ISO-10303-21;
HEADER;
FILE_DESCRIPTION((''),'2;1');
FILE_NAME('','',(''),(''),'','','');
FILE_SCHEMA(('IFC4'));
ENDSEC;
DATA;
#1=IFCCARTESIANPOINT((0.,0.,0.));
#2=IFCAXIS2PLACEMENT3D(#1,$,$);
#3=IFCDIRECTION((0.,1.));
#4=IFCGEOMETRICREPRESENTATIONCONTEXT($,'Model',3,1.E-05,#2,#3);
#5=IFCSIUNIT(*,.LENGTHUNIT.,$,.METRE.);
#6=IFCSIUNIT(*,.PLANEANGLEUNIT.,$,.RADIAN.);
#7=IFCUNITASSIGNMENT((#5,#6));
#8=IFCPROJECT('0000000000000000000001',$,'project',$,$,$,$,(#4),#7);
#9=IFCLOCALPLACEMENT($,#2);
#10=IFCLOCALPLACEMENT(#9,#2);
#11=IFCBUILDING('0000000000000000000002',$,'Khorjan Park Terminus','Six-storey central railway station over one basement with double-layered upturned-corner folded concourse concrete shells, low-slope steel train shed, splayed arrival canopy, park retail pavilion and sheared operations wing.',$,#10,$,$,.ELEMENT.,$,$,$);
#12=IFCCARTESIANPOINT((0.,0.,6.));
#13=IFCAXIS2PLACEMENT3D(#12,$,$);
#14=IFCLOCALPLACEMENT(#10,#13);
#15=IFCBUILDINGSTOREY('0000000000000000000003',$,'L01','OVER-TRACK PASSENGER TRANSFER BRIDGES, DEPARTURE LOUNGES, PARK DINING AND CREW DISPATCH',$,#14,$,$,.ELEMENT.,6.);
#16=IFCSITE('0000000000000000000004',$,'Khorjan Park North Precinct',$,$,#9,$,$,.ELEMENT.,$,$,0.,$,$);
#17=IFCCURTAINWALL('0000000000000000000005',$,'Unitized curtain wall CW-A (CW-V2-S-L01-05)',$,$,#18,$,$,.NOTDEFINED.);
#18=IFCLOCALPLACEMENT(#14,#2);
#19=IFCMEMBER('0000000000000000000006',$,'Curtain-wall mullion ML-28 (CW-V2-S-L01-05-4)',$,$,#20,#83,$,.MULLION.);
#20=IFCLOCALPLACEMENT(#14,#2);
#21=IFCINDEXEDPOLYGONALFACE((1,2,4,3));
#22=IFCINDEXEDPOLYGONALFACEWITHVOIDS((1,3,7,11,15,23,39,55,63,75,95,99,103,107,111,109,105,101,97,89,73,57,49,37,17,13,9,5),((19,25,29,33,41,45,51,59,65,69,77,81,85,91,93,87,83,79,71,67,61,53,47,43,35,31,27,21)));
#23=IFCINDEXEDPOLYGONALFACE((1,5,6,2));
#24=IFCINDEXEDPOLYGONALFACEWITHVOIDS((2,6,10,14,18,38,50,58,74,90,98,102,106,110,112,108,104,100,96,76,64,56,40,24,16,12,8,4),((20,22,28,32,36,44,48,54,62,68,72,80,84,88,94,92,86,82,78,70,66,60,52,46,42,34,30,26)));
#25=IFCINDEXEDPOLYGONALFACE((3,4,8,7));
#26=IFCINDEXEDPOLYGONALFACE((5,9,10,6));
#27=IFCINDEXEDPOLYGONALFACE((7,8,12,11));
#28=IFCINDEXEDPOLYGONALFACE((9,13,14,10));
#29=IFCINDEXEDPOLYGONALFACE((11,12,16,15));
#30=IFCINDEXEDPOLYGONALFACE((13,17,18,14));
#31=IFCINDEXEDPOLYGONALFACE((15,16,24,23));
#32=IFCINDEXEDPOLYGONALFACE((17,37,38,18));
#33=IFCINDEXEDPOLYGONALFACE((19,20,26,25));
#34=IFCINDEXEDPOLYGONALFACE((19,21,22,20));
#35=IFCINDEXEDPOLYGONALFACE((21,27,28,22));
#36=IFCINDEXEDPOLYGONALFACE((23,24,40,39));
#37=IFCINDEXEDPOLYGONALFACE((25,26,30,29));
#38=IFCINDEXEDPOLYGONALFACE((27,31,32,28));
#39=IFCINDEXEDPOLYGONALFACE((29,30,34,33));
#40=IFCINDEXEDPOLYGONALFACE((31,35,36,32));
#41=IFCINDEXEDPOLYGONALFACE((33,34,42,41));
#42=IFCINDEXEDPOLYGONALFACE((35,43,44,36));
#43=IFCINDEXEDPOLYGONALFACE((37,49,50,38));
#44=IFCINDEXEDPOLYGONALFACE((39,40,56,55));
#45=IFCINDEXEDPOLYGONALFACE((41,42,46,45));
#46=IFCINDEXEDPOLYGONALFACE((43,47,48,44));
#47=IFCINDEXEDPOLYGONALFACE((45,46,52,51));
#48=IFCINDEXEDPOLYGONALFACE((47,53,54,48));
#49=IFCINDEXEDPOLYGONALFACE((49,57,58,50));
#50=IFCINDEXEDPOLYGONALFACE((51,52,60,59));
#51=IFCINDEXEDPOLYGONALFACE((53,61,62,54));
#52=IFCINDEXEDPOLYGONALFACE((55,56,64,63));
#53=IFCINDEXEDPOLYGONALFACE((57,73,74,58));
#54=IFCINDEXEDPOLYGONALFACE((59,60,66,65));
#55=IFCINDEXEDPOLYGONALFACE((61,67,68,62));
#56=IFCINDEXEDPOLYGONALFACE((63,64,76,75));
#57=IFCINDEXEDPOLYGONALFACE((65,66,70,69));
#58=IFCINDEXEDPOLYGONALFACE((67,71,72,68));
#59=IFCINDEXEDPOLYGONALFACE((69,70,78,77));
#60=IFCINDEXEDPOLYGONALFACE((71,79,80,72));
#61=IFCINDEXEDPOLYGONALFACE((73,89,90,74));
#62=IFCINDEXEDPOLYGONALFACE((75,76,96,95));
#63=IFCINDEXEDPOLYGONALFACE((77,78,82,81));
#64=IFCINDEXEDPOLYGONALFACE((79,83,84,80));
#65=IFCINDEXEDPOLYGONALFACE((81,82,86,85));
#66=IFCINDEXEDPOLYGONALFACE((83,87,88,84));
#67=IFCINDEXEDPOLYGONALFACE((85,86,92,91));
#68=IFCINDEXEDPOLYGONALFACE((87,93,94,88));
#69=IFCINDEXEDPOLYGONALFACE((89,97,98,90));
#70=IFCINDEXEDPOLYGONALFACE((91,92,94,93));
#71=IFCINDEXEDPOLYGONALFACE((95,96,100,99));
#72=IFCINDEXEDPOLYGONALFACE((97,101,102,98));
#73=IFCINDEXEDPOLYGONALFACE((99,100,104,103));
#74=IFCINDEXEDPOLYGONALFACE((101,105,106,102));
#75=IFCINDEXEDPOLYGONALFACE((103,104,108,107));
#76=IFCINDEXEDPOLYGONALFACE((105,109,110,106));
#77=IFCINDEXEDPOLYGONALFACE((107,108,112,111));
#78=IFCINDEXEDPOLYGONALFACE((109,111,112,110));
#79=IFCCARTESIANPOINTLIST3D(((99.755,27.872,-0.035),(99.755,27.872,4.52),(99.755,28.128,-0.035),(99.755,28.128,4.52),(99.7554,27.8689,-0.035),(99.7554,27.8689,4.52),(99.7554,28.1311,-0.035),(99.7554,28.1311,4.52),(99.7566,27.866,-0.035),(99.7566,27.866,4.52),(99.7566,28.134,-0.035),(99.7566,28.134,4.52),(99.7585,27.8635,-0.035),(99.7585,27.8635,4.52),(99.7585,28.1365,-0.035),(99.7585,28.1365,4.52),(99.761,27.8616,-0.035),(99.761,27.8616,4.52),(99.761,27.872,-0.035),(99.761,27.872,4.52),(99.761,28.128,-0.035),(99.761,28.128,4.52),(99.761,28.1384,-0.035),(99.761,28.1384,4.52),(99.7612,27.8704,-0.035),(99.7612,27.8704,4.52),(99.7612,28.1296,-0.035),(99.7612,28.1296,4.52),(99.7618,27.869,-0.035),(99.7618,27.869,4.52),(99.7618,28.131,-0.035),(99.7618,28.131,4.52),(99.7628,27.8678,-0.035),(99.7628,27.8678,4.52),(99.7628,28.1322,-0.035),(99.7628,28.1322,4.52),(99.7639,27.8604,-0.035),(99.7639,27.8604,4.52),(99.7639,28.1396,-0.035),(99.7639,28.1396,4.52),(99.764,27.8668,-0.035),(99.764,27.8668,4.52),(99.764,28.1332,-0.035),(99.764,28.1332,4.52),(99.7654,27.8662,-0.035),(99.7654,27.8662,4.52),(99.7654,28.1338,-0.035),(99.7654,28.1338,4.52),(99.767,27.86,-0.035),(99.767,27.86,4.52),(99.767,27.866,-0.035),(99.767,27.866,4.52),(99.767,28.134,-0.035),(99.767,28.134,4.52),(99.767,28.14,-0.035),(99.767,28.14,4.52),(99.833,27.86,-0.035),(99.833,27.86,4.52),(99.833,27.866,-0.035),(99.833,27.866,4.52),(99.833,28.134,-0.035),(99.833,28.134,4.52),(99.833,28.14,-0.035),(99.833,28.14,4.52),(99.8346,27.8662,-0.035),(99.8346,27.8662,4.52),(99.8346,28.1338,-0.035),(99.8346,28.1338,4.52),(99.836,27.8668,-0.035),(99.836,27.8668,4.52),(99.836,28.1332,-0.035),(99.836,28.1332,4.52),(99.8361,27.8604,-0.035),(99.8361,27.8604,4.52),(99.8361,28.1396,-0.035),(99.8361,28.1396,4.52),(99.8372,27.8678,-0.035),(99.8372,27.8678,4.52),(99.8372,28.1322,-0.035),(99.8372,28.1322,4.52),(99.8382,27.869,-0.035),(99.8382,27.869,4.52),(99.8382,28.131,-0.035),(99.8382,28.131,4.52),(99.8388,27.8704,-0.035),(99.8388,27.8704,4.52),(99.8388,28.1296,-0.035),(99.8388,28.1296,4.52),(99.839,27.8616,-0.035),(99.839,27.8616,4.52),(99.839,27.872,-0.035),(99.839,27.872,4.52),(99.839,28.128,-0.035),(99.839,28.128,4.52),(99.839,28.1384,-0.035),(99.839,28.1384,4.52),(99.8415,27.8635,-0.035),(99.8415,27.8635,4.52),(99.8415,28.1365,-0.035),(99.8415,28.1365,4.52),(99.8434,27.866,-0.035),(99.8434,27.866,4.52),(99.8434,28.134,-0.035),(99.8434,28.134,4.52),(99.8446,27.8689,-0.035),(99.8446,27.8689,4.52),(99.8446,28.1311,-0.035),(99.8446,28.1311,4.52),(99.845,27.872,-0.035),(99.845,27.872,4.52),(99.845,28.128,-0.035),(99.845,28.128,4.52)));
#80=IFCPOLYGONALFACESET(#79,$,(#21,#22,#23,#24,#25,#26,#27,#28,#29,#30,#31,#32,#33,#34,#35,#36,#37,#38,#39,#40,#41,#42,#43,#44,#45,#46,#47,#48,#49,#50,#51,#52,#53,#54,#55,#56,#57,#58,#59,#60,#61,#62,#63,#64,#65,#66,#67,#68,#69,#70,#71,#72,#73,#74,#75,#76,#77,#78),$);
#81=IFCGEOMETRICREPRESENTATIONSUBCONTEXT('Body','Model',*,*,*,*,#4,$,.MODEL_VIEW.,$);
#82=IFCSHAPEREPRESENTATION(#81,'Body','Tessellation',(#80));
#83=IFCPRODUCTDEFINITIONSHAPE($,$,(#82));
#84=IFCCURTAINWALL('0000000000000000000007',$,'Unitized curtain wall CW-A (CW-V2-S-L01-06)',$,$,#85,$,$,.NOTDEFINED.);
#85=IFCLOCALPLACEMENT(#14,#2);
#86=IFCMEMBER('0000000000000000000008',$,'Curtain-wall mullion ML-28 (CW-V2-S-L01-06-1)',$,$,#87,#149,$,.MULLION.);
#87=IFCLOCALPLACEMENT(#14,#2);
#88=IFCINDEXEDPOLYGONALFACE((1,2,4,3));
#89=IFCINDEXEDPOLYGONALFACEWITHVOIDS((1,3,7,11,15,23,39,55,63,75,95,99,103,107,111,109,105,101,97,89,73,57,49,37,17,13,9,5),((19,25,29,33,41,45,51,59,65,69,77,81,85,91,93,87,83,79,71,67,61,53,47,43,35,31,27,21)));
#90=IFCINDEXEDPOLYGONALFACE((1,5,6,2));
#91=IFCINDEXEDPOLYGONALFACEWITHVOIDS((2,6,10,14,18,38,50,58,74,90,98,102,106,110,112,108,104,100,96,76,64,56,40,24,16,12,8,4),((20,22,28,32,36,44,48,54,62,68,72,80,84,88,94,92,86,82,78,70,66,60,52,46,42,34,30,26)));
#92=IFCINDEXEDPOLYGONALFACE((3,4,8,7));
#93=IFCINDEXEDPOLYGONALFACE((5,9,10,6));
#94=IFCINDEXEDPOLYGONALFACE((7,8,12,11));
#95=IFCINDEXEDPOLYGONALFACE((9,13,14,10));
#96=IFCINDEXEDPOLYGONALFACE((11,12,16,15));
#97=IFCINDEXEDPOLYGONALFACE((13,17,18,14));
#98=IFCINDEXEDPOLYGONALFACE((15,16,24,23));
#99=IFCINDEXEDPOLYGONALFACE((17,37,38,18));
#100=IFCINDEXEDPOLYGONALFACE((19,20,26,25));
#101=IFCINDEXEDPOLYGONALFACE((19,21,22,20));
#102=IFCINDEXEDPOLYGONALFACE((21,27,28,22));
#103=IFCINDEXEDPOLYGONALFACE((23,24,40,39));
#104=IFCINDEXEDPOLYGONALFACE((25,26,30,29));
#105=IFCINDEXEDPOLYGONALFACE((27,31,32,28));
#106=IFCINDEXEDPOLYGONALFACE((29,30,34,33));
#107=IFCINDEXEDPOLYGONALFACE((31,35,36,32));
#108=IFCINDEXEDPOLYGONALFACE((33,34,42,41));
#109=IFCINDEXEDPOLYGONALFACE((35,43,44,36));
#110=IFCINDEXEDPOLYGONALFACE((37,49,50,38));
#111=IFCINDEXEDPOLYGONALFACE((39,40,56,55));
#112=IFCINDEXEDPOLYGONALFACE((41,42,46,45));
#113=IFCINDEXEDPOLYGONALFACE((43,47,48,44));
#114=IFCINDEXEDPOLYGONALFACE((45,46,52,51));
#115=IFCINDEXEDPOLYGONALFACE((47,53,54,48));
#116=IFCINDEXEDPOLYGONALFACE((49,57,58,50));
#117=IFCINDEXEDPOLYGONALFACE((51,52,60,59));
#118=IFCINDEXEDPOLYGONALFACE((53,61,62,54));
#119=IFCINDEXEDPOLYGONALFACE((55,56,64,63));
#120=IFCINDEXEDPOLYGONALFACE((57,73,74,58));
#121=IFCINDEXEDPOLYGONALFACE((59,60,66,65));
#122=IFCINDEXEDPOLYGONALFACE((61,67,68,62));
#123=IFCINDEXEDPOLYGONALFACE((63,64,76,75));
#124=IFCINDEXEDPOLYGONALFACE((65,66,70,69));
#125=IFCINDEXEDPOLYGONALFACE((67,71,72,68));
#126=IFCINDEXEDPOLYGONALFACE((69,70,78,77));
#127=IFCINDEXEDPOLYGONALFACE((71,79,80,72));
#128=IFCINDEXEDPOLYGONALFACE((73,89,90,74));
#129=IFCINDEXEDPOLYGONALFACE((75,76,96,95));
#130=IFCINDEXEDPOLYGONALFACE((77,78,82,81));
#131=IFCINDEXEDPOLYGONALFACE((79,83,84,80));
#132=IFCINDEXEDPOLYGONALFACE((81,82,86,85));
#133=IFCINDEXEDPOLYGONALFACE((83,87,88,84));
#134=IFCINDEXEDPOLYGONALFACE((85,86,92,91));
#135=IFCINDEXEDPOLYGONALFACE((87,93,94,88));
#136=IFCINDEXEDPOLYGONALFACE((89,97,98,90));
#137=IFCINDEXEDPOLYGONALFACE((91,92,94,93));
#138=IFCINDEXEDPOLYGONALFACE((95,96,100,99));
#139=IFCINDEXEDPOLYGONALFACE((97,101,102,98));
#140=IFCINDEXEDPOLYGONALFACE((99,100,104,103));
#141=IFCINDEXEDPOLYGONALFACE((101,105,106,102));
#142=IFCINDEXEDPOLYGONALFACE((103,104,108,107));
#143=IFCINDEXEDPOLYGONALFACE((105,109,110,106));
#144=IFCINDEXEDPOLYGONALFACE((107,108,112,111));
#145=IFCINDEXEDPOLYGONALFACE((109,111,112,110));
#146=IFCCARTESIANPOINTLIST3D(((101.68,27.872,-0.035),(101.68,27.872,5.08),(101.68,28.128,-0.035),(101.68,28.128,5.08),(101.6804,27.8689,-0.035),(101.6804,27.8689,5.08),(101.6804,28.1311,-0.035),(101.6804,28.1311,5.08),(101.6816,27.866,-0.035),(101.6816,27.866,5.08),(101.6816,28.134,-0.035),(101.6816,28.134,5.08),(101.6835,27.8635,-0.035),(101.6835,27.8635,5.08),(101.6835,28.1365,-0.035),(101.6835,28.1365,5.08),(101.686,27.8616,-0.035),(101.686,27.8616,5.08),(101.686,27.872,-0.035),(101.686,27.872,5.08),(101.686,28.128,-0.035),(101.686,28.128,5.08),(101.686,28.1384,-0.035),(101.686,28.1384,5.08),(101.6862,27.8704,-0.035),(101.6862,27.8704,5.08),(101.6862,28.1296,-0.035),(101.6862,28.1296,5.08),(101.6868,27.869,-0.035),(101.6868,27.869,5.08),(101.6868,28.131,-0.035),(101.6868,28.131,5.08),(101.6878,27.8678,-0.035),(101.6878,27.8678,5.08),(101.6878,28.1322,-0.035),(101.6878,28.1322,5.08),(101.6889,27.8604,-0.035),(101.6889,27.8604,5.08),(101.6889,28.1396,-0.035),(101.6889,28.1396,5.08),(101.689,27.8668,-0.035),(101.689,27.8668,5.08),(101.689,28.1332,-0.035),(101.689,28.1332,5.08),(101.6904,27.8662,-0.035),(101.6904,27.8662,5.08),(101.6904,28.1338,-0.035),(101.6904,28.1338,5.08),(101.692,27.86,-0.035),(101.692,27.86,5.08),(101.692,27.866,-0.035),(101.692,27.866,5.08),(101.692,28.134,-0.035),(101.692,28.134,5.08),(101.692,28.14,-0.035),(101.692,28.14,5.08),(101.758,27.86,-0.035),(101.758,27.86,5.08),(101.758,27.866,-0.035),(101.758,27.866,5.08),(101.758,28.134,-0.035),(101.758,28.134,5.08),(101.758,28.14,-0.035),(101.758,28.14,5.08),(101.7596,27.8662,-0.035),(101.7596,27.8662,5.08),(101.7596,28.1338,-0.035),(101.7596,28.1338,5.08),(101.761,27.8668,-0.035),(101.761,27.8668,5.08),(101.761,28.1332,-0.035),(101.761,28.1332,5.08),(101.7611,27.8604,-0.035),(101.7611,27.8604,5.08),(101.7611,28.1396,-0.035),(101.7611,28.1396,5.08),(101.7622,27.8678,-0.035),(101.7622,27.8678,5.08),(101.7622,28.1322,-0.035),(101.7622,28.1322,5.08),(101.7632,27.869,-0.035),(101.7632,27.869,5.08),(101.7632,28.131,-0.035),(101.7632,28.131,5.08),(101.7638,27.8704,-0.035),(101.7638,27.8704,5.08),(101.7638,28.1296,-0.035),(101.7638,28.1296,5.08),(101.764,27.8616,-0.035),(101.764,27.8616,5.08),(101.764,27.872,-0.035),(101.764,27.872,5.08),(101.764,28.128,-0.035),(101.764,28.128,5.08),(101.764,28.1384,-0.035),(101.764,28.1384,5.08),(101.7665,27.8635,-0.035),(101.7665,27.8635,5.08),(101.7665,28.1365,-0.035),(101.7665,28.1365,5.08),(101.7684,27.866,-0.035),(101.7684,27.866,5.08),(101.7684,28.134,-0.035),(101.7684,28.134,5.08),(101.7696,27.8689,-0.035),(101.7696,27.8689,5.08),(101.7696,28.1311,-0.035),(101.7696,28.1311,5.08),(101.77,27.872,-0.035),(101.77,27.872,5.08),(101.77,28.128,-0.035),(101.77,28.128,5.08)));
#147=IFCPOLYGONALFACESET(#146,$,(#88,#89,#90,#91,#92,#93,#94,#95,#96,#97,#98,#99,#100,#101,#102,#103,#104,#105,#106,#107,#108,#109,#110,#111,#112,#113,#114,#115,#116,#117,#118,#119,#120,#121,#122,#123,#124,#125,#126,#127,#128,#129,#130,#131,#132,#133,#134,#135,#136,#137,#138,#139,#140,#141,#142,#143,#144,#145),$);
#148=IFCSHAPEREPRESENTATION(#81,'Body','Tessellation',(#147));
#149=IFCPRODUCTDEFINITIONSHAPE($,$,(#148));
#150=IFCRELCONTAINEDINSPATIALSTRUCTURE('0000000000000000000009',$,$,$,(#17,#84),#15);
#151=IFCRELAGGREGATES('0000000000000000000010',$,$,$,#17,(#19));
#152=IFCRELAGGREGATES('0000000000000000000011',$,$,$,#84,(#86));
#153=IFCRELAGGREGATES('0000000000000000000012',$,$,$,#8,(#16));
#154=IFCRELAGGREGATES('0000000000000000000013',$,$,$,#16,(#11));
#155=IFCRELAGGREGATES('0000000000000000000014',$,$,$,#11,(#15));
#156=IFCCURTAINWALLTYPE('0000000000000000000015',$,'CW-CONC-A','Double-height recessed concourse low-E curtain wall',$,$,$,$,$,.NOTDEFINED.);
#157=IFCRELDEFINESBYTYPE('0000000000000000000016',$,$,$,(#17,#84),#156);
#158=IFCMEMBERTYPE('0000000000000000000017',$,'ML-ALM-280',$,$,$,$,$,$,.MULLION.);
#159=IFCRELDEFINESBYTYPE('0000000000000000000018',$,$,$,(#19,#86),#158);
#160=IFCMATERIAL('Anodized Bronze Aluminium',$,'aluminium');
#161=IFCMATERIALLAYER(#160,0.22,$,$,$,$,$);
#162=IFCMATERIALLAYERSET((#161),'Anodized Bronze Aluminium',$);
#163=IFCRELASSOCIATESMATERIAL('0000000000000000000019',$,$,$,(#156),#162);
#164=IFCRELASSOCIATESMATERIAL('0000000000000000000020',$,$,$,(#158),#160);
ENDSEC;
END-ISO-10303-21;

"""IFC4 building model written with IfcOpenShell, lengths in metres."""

from ifc_helpers import new_model, si_unit, direction, frame, origin, origin_2d, place, context, subcontext, project, spatial, hollow_rectangle, extrude, material, layer, layer_set, material_profile, profile_set, type_object, element, aggregate, save


model = new_model("IFC4")

# Units and contexts
model_context = context("Model", 3, precision=1e-05, world=origin(), true_north=direction((0.0, 1.0)))
body_context = subcontext(model_context, "Body", "Model", "MODEL_VIEW")
ifc_project = project(units=[si_unit("LENGTHUNIT", "METRE"), si_unit("PLANEANGLEUNIT", "RADIAN")], contexts=[model_context])

# Site, building, storey
site_placement = place(None, origin())
site = spatial("IfcSite", under=ifc_project, at=site_placement, Name="Khorjan Park North Precinct", CompositionType="ELEMENT", RefElevation=0.0)
building_placement = place(site_placement, origin())
building = spatial("IfcBuilding", under=site, at=building_placement, Name="Khorjan Park Terminus", Description="Six-storey central railway station over one basement with double-layered upturned-corner folded concourse concrete shells, low-slope steel train shed, splayed arrival canopy, park retail pavilion and sheared operations wing.", CompositionType="ELEMENT")
storey_placement = place(building_placement, frame((0.0, 0.0, 6.0)))
storey = spatial("IfcBuildingStorey", under=building, at=storey_placement, Name="L01", Description="OVER-TRACK PASSENGER TRANSFER BRIDGES, DEPARTURE LOUNGES, PARK DINING AND CREW DISPATCH", CompositionType="ELEMENT", Elevation=6.0)

# Curtain wall, member
ifc_material_1 = material(Name="Anodized Bronze Aluminium", Category="aluminium")
ifc_layer_1 = layer(ifc_material_1, 0.22)
ifc_layer_set_1 = layer_set([ifc_layer_1], Name="Anodized Bronze Aluminium")
curtain_wall_type = type_object("IfcCurtainWallType", Name="CW-CONC-A", Description="Double-height recessed concourse low-E curtain wall", PredefinedType="NOTDEFINED", material=ifc_layer_set_1)
curtain_wall_1_placement = place(storey_placement, origin())
curtain_wall_1 = element("IfcCurtainWall", 1, at=curtain_wall_1_placement, inside=storey, type_object=curtain_wall_type, Name="Unitized curtain wall CW-A (CW-V2-S-L01-05)", PredefinedType="NOTDEFINED")
ifc_material_profile_1 = material_profile(ifc_material_1, hollow_rectangle(XDim=0.09, YDim=0.28, WallThickness=0.006, InnerFilletRadius=0.006, OuterFilletRadius=0.012, at=origin_2d()), Name="ALM 90x280x6")
ifc_profile_set_1 = profile_set([ifc_material_profile_1], Name="Anodized Bronze Aluminium")
member_type_1 = type_object("IfcMemberType", Name="ML-ALM-280", PredefinedType="MULLION", material=ifc_profile_set_1)
member_1_placement = place(storey_placement, frame((99.8, 28.0, -0.035), z_axis=(0.0, 0.0, 1.0), x_axis=(1.0, 0.0, 0.0)))
member_1 = element("IfcMember", 2, at=member_1_placement, type_object=member_type_1, Name="Curtain-wall mullion ML-28 (CW-V2-S-L01-05-4)", PredefinedType="MULLION", context=body_context, shape_type="SweptSolid", body=[
    extrude(hollow_rectangle(XDim=0.09, YDim=0.28, WallThickness=0.006, InnerFilletRadius=0.006, OuterFilletRadius=0.012, at=origin_2d()), origin(), (0.0, 0.0, 1.0), 4.555),
])
aggregate(curtain_wall_1, [member_1])

# Curtain wall, member
curtain_wall_2_placement = place(storey_placement, origin())
curtain_wall_2 = element("IfcCurtainWall", 3, at=curtain_wall_2_placement, inside=storey, type_object=curtain_wall_type, Name="Unitized curtain wall CW-A (CW-V2-S-L01-06)", PredefinedType="NOTDEFINED")
member_2_placement = place(storey_placement, frame((101.725, 28.0, -0.035), z_axis=(0.0, 0.0, 1.0), x_axis=(1.0, 0.0, 0.0)))
member_2 = element("IfcMember", 4, at=member_2_placement, type_object=member_type_1, Name="Curtain-wall mullion ML-28 (CW-V2-S-L01-06-1)", PredefinedType="MULLION", context=body_context, shape_type="SweptSolid", body=[
    extrude(hollow_rectangle(XDim=0.09, YDim=0.28, WallThickness=0.006, InnerFilletRadius=0.006, OuterFilletRadius=0.012, at=origin_2d()), origin(), (0.0, 0.0, 1.0), 5.115),
])

aggregate(curtain_wall_2, [member_2])

save(model, "model.ifc")
